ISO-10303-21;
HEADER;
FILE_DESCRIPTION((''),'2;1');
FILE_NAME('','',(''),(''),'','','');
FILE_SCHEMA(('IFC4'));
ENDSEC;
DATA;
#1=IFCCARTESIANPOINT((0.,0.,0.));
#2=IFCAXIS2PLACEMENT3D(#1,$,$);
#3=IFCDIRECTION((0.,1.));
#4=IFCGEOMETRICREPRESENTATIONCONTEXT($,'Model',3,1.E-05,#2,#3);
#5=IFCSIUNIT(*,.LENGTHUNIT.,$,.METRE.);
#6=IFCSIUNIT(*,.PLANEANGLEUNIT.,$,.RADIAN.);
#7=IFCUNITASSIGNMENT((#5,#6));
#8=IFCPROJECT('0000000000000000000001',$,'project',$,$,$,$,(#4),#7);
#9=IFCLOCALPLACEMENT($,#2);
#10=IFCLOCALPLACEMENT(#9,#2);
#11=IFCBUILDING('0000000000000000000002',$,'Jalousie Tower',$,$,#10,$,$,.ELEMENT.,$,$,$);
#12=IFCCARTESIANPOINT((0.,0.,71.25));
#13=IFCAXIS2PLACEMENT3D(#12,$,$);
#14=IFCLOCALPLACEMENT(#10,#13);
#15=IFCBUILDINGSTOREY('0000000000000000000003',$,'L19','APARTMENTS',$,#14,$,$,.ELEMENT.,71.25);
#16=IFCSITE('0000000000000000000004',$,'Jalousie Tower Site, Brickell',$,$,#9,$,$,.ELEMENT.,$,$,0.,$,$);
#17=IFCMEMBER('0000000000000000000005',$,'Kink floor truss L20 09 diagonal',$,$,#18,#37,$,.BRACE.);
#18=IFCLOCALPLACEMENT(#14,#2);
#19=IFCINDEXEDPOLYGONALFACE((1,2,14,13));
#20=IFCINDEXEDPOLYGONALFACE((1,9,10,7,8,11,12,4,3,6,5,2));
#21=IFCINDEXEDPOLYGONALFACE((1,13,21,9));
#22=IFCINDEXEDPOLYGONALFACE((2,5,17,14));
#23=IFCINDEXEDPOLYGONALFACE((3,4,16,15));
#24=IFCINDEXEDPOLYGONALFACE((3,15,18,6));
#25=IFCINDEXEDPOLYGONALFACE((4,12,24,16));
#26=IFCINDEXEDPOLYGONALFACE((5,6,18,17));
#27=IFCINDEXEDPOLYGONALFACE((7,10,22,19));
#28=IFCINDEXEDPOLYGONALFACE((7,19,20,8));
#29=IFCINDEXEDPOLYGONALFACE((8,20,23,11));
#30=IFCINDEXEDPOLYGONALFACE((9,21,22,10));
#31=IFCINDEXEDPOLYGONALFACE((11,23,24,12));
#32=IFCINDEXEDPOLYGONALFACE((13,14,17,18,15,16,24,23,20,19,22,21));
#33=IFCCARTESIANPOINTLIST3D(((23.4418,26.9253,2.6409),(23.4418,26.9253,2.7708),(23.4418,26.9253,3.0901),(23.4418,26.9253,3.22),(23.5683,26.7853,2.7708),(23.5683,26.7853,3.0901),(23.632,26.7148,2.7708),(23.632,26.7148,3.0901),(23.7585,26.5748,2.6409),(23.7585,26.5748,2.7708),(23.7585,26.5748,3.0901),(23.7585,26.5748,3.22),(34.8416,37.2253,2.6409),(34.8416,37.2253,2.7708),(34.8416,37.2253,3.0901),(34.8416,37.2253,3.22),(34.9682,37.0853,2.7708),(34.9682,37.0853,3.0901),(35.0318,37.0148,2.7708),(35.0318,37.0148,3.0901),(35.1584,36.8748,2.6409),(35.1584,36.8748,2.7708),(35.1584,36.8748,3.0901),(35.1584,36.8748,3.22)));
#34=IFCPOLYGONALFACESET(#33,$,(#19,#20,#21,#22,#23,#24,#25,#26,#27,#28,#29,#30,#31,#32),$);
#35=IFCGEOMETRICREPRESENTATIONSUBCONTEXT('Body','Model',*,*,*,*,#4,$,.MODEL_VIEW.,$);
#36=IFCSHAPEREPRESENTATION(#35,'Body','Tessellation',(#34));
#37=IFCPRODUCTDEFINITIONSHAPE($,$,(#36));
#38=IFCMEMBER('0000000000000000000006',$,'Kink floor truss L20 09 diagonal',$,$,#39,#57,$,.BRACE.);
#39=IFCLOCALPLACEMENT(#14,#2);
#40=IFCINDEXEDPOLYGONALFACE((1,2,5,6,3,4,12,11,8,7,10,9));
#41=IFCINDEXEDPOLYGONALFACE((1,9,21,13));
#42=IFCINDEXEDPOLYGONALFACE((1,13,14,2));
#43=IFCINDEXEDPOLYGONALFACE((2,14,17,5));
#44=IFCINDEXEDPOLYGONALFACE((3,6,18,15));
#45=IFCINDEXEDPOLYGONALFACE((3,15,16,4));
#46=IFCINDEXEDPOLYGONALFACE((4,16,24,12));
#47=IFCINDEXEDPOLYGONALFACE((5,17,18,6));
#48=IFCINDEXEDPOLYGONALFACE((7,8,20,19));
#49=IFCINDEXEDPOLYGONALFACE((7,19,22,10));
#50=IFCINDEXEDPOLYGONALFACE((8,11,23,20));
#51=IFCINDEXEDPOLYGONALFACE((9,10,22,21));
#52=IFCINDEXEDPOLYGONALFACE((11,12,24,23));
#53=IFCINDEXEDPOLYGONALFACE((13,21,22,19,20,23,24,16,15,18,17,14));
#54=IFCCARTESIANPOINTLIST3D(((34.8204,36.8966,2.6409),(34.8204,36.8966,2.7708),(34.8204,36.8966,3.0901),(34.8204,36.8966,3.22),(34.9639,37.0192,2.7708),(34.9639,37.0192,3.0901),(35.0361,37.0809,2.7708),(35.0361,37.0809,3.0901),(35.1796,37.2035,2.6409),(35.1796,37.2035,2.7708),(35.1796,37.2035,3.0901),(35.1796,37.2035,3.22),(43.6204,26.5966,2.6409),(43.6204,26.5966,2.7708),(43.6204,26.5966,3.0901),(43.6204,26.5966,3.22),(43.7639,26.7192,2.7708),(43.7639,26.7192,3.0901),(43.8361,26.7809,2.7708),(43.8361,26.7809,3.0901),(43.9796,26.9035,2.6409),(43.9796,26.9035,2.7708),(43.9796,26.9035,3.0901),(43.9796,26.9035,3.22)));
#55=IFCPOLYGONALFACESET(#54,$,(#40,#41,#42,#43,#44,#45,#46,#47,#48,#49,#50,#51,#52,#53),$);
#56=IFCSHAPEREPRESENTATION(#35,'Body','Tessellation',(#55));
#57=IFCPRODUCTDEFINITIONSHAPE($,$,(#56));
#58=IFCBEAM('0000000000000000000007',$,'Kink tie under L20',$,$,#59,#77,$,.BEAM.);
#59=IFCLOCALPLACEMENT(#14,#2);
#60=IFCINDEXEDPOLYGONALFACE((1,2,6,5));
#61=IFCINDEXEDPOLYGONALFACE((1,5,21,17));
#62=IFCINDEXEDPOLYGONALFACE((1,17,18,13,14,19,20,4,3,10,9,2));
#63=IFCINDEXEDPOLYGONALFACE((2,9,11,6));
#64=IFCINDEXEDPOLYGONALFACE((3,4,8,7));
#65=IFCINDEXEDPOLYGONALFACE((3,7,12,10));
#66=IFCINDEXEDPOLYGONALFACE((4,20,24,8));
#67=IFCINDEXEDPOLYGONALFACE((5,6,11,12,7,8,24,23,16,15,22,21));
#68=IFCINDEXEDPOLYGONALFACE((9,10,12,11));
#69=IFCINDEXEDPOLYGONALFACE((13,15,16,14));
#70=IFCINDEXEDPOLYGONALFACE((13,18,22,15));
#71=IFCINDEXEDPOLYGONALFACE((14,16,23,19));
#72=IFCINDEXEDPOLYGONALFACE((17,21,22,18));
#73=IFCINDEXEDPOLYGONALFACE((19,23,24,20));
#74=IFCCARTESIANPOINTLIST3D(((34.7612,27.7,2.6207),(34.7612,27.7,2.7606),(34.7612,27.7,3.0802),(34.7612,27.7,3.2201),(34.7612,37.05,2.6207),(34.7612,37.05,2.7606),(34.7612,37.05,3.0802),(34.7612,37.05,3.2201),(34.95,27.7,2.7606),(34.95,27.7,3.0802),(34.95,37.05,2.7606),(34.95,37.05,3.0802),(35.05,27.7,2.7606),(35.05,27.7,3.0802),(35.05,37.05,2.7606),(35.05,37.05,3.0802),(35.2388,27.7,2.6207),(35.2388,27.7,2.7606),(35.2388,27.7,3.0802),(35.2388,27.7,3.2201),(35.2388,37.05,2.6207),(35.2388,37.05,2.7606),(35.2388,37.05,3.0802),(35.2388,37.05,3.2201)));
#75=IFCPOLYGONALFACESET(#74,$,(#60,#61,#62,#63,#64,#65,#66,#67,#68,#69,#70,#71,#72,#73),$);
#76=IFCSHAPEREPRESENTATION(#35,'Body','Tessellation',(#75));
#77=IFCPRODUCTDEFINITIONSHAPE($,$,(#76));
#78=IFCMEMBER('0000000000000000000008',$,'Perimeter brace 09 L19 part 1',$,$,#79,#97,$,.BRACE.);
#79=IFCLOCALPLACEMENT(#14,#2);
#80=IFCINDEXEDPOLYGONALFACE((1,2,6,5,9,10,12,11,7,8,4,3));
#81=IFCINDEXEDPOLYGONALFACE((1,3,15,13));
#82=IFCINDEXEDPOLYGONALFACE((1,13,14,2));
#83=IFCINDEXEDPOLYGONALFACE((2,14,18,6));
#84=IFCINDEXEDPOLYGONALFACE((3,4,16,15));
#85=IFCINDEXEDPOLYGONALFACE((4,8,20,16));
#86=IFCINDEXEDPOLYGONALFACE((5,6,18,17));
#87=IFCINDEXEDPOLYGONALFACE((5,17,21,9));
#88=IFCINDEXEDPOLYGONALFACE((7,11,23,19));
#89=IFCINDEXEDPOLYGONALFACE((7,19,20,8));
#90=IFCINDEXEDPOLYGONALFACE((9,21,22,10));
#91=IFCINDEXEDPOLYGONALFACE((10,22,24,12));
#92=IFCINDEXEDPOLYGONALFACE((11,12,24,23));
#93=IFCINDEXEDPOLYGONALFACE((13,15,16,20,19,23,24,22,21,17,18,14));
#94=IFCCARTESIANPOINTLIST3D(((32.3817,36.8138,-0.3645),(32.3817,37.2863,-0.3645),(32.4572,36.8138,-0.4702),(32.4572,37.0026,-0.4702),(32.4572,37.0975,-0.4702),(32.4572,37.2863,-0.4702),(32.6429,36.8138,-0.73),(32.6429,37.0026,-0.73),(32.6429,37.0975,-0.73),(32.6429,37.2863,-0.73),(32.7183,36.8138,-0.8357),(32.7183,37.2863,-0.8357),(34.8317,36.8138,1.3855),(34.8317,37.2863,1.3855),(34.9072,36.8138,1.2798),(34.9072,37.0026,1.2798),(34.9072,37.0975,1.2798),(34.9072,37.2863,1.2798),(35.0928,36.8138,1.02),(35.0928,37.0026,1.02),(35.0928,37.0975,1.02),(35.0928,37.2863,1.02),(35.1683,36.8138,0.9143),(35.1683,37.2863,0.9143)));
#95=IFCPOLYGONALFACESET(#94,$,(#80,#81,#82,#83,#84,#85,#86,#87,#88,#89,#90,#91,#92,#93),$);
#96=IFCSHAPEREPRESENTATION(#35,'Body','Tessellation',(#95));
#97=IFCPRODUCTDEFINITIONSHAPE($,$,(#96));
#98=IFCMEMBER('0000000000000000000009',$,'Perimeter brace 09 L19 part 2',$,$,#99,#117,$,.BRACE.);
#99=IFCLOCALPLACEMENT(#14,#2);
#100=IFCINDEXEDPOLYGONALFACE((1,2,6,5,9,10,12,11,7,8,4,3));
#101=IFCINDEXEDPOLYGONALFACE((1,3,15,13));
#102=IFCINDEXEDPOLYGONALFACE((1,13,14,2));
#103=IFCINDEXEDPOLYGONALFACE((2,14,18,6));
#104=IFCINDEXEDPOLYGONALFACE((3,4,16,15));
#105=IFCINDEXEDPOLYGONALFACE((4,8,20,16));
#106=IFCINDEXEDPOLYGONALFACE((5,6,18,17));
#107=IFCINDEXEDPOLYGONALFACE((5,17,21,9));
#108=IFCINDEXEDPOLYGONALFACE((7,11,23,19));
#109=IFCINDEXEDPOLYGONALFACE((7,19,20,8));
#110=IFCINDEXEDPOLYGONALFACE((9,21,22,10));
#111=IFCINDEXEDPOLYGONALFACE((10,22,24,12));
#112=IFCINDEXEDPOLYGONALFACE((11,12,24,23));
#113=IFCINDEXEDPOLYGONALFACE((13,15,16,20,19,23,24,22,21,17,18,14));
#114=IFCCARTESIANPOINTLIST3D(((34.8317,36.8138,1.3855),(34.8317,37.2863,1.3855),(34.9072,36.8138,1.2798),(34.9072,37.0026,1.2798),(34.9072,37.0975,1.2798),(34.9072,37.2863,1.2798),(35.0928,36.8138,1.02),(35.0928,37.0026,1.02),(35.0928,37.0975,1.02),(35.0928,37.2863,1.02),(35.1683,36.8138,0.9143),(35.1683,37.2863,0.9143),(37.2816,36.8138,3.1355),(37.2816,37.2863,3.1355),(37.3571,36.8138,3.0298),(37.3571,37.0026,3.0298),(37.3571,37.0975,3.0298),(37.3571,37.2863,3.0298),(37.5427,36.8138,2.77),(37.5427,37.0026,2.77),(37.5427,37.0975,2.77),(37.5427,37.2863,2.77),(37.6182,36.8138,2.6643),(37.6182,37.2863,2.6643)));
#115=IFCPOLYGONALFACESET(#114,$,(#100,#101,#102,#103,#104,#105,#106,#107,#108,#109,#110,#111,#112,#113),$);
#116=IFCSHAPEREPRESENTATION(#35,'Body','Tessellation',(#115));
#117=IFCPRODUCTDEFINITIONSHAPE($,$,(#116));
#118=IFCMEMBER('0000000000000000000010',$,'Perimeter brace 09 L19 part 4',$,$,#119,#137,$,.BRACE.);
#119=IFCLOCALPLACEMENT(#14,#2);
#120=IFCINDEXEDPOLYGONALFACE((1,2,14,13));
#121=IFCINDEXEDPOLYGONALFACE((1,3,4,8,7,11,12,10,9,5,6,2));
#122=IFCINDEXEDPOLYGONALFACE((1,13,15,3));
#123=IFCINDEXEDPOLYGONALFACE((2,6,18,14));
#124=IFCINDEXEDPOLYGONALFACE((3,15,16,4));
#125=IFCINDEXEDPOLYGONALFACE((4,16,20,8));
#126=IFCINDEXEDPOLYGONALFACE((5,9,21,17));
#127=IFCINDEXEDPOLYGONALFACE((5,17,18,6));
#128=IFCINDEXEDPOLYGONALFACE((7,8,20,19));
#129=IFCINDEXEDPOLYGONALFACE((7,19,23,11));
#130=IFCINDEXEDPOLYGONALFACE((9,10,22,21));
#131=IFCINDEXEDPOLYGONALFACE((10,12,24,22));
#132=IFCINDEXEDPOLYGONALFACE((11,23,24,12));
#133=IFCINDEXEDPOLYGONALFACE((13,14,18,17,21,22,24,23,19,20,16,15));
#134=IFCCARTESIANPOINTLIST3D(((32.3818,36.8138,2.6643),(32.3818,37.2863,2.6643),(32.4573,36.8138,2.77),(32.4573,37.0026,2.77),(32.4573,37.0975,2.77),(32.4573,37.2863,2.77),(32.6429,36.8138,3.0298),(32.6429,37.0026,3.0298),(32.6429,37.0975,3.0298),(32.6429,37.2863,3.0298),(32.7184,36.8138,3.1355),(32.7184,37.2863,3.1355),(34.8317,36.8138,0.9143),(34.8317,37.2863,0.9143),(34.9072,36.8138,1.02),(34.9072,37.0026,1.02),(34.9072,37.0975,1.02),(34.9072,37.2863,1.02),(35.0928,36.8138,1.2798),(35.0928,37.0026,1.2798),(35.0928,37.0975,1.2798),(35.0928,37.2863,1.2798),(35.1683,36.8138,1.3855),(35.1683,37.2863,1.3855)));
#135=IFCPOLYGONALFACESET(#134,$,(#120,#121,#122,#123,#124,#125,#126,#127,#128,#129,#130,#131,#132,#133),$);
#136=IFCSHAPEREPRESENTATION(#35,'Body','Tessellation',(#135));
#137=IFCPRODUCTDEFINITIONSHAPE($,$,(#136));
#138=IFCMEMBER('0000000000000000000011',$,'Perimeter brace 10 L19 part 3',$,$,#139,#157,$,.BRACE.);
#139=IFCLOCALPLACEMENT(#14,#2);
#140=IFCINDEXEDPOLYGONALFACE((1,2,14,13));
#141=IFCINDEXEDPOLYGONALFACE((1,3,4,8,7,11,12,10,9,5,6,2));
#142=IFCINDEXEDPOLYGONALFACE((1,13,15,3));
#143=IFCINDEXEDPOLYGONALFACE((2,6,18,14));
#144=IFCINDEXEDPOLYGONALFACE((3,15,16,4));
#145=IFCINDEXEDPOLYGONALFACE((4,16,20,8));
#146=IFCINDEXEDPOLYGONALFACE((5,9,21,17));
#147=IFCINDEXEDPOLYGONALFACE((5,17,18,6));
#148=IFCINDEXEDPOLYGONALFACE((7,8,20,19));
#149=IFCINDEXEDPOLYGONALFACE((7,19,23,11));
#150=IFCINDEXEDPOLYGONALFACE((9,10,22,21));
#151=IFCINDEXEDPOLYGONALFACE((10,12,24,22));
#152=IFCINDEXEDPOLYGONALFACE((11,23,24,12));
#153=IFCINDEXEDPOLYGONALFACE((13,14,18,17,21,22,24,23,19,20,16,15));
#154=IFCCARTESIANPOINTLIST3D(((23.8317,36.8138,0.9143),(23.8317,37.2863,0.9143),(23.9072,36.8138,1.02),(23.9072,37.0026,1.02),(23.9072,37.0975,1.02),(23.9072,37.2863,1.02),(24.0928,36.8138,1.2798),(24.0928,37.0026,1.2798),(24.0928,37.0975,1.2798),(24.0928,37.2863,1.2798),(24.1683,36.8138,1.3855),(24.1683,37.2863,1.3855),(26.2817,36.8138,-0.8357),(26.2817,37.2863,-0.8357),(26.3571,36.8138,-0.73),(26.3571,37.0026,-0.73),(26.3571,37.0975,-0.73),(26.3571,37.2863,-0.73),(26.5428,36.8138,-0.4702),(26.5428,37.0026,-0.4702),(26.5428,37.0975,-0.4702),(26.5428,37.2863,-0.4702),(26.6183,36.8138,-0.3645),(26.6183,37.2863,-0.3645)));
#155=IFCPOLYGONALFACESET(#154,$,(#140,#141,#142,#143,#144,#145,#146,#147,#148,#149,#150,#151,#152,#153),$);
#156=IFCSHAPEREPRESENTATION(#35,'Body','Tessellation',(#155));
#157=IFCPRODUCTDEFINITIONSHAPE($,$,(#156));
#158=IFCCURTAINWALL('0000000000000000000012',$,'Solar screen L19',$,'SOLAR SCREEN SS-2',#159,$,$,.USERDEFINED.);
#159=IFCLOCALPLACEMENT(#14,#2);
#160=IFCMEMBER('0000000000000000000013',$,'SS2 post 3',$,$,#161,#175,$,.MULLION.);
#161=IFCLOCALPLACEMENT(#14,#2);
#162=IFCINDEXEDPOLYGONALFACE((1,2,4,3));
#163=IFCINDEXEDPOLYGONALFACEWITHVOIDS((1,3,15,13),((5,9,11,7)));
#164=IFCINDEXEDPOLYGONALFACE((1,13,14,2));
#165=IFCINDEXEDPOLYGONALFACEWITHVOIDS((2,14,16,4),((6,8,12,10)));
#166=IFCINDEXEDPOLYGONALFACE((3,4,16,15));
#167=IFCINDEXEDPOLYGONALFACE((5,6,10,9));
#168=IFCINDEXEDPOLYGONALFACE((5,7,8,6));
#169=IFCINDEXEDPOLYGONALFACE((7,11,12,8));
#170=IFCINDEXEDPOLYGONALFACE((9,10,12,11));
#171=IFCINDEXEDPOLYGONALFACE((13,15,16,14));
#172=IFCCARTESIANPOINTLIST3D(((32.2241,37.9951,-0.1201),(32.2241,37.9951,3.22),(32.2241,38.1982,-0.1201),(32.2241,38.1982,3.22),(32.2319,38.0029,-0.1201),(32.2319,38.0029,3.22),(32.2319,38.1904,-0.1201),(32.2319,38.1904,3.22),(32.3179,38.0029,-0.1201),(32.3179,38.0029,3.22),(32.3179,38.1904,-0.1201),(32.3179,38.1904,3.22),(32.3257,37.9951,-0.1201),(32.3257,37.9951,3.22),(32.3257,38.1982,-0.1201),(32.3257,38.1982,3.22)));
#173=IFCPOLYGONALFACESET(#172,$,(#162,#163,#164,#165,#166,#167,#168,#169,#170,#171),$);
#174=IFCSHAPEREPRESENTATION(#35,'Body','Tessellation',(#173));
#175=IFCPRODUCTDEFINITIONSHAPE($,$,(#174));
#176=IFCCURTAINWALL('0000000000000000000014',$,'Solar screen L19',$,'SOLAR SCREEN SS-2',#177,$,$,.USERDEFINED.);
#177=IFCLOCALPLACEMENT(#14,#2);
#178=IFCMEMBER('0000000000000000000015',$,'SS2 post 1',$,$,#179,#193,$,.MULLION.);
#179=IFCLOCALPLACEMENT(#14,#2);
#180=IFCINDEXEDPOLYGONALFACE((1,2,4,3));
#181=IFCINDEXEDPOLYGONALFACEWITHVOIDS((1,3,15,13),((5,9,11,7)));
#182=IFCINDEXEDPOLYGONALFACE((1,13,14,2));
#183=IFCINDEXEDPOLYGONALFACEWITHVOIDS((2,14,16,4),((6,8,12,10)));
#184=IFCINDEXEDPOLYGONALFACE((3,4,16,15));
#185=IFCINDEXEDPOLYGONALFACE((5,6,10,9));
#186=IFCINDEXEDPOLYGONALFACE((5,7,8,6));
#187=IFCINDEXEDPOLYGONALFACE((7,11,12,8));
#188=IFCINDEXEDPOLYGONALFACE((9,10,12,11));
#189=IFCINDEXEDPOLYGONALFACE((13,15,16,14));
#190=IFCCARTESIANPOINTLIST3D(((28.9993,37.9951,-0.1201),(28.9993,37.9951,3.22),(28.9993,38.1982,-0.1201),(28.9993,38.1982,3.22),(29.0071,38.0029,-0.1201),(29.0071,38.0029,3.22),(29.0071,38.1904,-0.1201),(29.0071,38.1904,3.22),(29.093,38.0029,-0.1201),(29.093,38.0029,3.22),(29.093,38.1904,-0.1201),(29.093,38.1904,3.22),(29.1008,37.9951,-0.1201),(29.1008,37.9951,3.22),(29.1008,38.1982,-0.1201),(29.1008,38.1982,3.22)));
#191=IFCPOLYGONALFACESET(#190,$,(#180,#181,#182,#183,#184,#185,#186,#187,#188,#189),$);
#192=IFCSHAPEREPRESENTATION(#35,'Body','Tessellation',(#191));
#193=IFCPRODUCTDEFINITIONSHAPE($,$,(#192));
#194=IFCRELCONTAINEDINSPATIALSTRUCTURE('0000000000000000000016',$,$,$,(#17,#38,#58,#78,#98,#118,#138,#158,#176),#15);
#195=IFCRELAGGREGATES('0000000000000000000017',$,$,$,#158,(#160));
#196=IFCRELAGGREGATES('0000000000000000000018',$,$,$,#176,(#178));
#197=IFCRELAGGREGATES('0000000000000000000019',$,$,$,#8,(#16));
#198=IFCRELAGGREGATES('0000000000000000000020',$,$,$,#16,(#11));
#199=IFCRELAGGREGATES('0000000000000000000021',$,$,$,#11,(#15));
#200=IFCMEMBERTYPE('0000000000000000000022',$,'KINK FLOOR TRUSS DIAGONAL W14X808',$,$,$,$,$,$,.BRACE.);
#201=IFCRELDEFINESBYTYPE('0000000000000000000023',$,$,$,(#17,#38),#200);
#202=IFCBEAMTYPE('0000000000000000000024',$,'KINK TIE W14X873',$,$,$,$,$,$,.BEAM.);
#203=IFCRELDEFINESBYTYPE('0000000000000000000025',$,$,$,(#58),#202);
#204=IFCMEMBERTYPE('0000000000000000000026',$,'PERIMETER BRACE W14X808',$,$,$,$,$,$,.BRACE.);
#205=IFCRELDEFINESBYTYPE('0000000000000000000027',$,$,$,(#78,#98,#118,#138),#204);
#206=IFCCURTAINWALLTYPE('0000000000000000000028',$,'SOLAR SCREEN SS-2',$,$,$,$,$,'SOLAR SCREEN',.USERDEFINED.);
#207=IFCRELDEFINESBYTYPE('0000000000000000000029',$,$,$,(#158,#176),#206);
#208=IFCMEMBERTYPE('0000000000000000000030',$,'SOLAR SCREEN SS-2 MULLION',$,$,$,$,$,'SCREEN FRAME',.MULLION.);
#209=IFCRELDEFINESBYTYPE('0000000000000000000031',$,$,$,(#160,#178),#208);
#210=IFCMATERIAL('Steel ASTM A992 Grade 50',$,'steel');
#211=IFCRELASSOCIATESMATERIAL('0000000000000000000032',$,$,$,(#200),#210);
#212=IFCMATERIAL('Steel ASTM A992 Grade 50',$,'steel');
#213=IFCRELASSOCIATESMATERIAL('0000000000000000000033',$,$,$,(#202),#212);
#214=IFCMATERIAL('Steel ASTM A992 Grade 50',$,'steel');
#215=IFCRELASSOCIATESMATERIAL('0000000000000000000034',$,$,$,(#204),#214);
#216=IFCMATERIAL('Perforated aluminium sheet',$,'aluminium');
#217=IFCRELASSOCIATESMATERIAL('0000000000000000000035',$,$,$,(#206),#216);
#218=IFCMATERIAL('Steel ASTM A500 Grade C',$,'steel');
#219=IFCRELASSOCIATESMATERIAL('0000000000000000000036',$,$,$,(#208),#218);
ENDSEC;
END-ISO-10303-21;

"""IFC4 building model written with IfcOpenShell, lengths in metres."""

from ifc_helpers import new_model, si_unit, direction, frame, origin, origin_2d, place, context, subcontext, project, spatial, hollow_rectangle, i_section, extrude, material, material_profile, profile_set, type_object, element, aggregate, save


model = new_model("IFC4")

# Units and contexts
model_context = context("Model", 3, precision=1e-05, world=origin(), true_north=direction((0.0, 1.0)))
body_context = subcontext(model_context, "Body", "Model", "MODEL_VIEW")
ifc_project = project(units=[si_unit("LENGTHUNIT", "METRE"), si_unit("PLANEANGLEUNIT", "RADIAN")], contexts=[model_context])

# Site, building, storey
site_placement = place(None, origin())
site = spatial("IfcSite", under=ifc_project, at=site_placement, Name="Jalousie Tower Site, Brickell", CompositionType="ELEMENT", RefElevation=0.0)
building_placement = place(site_placement, origin())
building = spatial("IfcBuilding", under=site, at=building_placement, Name="Jalousie Tower", CompositionType="ELEMENT")
storey_placement = place(building_placement, frame((0.0, 0.0, 71.25)))
storey = spatial("IfcBuildingStorey", under=building, at=storey_placement, Name="L19", Description="APARTMENTS", CompositionType="ELEMENT", Elevation=71.25)

# Members
ifc_material_1 = material(Name="Steel ASTM A992 Grade 50", Category="steel")
ifc_material_profile_1 = material_profile(ifc_material_1, i_section(OverallWidth=0.4724, OverallDepth=0.5791, WebThickness=0.095, FlangeThickness=0.1299, at=origin_2d()), Name="W14X808")
ifc_profile_set_1 = profile_set([ifc_material_profile_1], Name="Steel ASTM A992 Grade 50")
member_type_1 = type_object("IfcMemberType", Name="KINK FLOOR TRUSS DIAGONAL W14X808", PredefinedType="BRACE", material=ifc_profile_set_1)
member_1_placement = place(storey_placement, frame((35.0, 37.05, 2.9304), z_axis=(-0.741994, -0.670407, 0.0), x_axis=(0.670407, -0.741994, 0.0)))
element("IfcMember", 1, at=member_1_placement, inside=storey, type_object=member_type_1, Name="Kink floor truss L20 09 diagonal", PredefinedType="BRACE", context=body_context, shape_type="SweptSolid", body=[
    extrude(i_section(OverallWidth=0.4724, OverallDepth=0.5791, WebThickness=0.095, FlangeThickness=0.1299, at=origin_2d()), origin(), (0.0, 0.0, 1.0), 15.3638),
])
member_2_placement = place(storey_placement, frame((35.0, 37.05, 2.9304), z_axis=(0.649575, -0.760297, 0.0), x_axis=(0.760297, 0.649575, 0.0)))
element("IfcMember", 2, at=member_2_placement, inside=storey, type_object=member_type_1, Name="Kink floor truss L20 09 diagonal", PredefinedType="BRACE", context=body_context, shape_type="SweptSolid", body=[
    extrude(i_section(OverallWidth=0.4724, OverallDepth=0.5791, WebThickness=0.095, FlangeThickness=0.1299, at=origin_2d()), origin(), (0.0, 0.0, 1.0), 13.5474),
])

# Beam
ifc_material_2 = material(Name="Steel ASTM A992 Grade 50", Category="steel")
ifc_material_profile_2 = material_profile(ifc_material_2, i_section(OverallWidth=0.4775, OverallDepth=0.5994, WebThickness=0.1001, FlangeThickness=0.1399, at=origin_2d()), Name="W14X873")
ifc_profile_set_2 = profile_set([ifc_material_profile_2], Name="Steel ASTM A992 Grade 50")
beam_type = type_object("IfcBeamType", Name="KINK TIE W14X873", PredefinedType="BEAM", material=ifc_profile_set_2)
beam_placement = place(storey_placement, frame((35.0, 37.05, 2.9204), z_axis=(0.0, -1.0, 0.0), x_axis=(1.0, 0.0, 0.0)))
element("IfcBeam", 3, at=beam_placement, inside=storey, type_object=beam_type, Name="Kink tie under L20", PredefinedType="BEAM", context=body_context, shape_type="SweptSolid", body=[
    extrude(i_section(OverallWidth=0.4775, OverallDepth=0.5994, WebThickness=0.1001, FlangeThickness=0.1399, at=origin_2d()), origin(), (0.0, 0.0, 1.0), 9.3501),
])

# Members
ifc_material_3 = material(Name="Steel ASTM A992 Grade 50", Category="steel")
ifc_material_profile_3 = material_profile(ifc_material_3, i_section(OverallWidth=0.4724, OverallDepth=0.5791, WebThickness=0.095, FlangeThickness=0.1299, at=origin_2d()), Name="W14X808")
ifc_profile_set_3 = profile_set([ifc_material_profile_3], Name="Steel ASTM A992 Grade 50")
member_type_2 = type_object("IfcMemberType", Name="PERIMETER BRACE W14X808", PredefinedType="BRACE", material=ifc_profile_set_3)
for number, where, z_axis, x_axis, name in (
    (4, (32.55, 37.05, -0.6001), (0.813728, 0.0, 0.581246), (0.0, 1.0, 0.0), "Perimeter brace 09 L19 part 1"),
    (5, (35.0, 37.05, 1.1499), (0.813728, 0.0, 0.581246), (0.0, 1.0, 0.0), "Perimeter brace 09 L19 part 2"),
    (6, (35.0, 37.05, 1.1499), (-0.813728, 0.0, 0.581246), (0.0, -1.0, 0.0), "Perimeter brace 09 L19 part 4"),
    (7, (26.45, 37.05, -0.6001), (-0.813728, 0.0, 0.581246), (0.0, -1.0, 0.0), "Perimeter brace 10 L19 part 3"),
):
    element("IfcMember", number, at=place(storey_placement, frame(where, z_axis=z_axis, x_axis=x_axis)), inside=storey, type_object=member_type_2, Name=name, PredefinedType="BRACE", context=body_context, shape_type="SweptSolid", body=[
        extrude(i_section(OverallWidth=0.4724, OverallDepth=0.5791, WebThickness=0.095, FlangeThickness=0.1299, at=origin_2d()), origin(), (0.0, 0.0, 1.0), 3.0107),
    ])

# Curtain wall, member
ifc_material_4 = material(Name="Perforated aluminium sheet", Category="aluminium")
curtain_wall_type = type_object("IfcCurtainWallType", Name="SOLAR SCREEN SS-2", ElementType="SOLAR SCREEN", PredefinedType="USERDEFINED", material=ifc_material_4)
curtain_wall_1_placement = place(storey_placement, origin())
curtain_wall_1 = element("IfcCurtainWall", 8, at=curtain_wall_1_placement, inside=storey, type_object=curtain_wall_type, Name="Solar screen L19", ObjectType="SOLAR SCREEN SS-2", PredefinedType="USERDEFINED")
ifc_material_5 = material(Name="Steel ASTM A500 Grade C", Category="steel")
ifc_material_profile_4 = material_profile(ifc_material_5, hollow_rectangle(XDim=0.1016, YDim=0.2031, WallThickness=0.0078, at=origin_2d()), Name="HSS8X4X5/16")
ifc_profile_set_4 = profile_set([ifc_material_profile_4], Name="Steel ASTM A500 Grade C")
member_type_3 = type_object("IfcMemberType", Name="SOLAR SCREEN SS-2 MULLION", ElementType="SCREEN FRAME", PredefinedType="MULLION", material=ifc_profile_set_4)
member_3_placement = place(storey_placement, frame((32.2749, 38.0967, -0.1201), z_axis=(0.0, 0.0, 1.0), x_axis=(-1.0, 0.0, 0.0)))
member_3 = element("IfcMember", 9, at=member_3_placement, type_object=member_type_3, Name="SS2 post 3", PredefinedType="MULLION", context=body_context, shape_type="SweptSolid", body=[
    extrude(hollow_rectangle(XDim=0.1016, YDim=0.2031, WallThickness=0.0078, at=origin_2d()), origin(), (0.0, 0.0, 1.0), 3.3401),
])

# Curtain wall, member
curtain_wall_2_placement = place(storey_placement, origin())
curtain_wall_2 = element("IfcCurtainWall", 10, at=curtain_wall_2_placement, inside=storey, type_object=curtain_wall_type, Name="Solar screen L19", ObjectType="SOLAR SCREEN SS-2", PredefinedType="USERDEFINED")
member_4_placement = place(storey_placement, frame((29.05, 38.0967, -0.1201), z_axis=(0.0, 0.0, 1.0), x_axis=(-1.0, 0.0, 0.0)))
member_4 = element("IfcMember", 11, at=member_4_placement, type_object=member_type_3, Name="SS2 post 1", PredefinedType="MULLION", context=body_context, shape_type="SweptSolid", body=[
    extrude(hollow_rectangle(XDim=0.1016, YDim=0.2031, WallThickness=0.0078, at=origin_2d()), origin(), (0.0, 0.0, 1.0), 3.3401),
])

aggregate(curtain_wall_1, [member_3])
aggregate(curtain_wall_2, [member_4])

save(model, "model.ifc")
